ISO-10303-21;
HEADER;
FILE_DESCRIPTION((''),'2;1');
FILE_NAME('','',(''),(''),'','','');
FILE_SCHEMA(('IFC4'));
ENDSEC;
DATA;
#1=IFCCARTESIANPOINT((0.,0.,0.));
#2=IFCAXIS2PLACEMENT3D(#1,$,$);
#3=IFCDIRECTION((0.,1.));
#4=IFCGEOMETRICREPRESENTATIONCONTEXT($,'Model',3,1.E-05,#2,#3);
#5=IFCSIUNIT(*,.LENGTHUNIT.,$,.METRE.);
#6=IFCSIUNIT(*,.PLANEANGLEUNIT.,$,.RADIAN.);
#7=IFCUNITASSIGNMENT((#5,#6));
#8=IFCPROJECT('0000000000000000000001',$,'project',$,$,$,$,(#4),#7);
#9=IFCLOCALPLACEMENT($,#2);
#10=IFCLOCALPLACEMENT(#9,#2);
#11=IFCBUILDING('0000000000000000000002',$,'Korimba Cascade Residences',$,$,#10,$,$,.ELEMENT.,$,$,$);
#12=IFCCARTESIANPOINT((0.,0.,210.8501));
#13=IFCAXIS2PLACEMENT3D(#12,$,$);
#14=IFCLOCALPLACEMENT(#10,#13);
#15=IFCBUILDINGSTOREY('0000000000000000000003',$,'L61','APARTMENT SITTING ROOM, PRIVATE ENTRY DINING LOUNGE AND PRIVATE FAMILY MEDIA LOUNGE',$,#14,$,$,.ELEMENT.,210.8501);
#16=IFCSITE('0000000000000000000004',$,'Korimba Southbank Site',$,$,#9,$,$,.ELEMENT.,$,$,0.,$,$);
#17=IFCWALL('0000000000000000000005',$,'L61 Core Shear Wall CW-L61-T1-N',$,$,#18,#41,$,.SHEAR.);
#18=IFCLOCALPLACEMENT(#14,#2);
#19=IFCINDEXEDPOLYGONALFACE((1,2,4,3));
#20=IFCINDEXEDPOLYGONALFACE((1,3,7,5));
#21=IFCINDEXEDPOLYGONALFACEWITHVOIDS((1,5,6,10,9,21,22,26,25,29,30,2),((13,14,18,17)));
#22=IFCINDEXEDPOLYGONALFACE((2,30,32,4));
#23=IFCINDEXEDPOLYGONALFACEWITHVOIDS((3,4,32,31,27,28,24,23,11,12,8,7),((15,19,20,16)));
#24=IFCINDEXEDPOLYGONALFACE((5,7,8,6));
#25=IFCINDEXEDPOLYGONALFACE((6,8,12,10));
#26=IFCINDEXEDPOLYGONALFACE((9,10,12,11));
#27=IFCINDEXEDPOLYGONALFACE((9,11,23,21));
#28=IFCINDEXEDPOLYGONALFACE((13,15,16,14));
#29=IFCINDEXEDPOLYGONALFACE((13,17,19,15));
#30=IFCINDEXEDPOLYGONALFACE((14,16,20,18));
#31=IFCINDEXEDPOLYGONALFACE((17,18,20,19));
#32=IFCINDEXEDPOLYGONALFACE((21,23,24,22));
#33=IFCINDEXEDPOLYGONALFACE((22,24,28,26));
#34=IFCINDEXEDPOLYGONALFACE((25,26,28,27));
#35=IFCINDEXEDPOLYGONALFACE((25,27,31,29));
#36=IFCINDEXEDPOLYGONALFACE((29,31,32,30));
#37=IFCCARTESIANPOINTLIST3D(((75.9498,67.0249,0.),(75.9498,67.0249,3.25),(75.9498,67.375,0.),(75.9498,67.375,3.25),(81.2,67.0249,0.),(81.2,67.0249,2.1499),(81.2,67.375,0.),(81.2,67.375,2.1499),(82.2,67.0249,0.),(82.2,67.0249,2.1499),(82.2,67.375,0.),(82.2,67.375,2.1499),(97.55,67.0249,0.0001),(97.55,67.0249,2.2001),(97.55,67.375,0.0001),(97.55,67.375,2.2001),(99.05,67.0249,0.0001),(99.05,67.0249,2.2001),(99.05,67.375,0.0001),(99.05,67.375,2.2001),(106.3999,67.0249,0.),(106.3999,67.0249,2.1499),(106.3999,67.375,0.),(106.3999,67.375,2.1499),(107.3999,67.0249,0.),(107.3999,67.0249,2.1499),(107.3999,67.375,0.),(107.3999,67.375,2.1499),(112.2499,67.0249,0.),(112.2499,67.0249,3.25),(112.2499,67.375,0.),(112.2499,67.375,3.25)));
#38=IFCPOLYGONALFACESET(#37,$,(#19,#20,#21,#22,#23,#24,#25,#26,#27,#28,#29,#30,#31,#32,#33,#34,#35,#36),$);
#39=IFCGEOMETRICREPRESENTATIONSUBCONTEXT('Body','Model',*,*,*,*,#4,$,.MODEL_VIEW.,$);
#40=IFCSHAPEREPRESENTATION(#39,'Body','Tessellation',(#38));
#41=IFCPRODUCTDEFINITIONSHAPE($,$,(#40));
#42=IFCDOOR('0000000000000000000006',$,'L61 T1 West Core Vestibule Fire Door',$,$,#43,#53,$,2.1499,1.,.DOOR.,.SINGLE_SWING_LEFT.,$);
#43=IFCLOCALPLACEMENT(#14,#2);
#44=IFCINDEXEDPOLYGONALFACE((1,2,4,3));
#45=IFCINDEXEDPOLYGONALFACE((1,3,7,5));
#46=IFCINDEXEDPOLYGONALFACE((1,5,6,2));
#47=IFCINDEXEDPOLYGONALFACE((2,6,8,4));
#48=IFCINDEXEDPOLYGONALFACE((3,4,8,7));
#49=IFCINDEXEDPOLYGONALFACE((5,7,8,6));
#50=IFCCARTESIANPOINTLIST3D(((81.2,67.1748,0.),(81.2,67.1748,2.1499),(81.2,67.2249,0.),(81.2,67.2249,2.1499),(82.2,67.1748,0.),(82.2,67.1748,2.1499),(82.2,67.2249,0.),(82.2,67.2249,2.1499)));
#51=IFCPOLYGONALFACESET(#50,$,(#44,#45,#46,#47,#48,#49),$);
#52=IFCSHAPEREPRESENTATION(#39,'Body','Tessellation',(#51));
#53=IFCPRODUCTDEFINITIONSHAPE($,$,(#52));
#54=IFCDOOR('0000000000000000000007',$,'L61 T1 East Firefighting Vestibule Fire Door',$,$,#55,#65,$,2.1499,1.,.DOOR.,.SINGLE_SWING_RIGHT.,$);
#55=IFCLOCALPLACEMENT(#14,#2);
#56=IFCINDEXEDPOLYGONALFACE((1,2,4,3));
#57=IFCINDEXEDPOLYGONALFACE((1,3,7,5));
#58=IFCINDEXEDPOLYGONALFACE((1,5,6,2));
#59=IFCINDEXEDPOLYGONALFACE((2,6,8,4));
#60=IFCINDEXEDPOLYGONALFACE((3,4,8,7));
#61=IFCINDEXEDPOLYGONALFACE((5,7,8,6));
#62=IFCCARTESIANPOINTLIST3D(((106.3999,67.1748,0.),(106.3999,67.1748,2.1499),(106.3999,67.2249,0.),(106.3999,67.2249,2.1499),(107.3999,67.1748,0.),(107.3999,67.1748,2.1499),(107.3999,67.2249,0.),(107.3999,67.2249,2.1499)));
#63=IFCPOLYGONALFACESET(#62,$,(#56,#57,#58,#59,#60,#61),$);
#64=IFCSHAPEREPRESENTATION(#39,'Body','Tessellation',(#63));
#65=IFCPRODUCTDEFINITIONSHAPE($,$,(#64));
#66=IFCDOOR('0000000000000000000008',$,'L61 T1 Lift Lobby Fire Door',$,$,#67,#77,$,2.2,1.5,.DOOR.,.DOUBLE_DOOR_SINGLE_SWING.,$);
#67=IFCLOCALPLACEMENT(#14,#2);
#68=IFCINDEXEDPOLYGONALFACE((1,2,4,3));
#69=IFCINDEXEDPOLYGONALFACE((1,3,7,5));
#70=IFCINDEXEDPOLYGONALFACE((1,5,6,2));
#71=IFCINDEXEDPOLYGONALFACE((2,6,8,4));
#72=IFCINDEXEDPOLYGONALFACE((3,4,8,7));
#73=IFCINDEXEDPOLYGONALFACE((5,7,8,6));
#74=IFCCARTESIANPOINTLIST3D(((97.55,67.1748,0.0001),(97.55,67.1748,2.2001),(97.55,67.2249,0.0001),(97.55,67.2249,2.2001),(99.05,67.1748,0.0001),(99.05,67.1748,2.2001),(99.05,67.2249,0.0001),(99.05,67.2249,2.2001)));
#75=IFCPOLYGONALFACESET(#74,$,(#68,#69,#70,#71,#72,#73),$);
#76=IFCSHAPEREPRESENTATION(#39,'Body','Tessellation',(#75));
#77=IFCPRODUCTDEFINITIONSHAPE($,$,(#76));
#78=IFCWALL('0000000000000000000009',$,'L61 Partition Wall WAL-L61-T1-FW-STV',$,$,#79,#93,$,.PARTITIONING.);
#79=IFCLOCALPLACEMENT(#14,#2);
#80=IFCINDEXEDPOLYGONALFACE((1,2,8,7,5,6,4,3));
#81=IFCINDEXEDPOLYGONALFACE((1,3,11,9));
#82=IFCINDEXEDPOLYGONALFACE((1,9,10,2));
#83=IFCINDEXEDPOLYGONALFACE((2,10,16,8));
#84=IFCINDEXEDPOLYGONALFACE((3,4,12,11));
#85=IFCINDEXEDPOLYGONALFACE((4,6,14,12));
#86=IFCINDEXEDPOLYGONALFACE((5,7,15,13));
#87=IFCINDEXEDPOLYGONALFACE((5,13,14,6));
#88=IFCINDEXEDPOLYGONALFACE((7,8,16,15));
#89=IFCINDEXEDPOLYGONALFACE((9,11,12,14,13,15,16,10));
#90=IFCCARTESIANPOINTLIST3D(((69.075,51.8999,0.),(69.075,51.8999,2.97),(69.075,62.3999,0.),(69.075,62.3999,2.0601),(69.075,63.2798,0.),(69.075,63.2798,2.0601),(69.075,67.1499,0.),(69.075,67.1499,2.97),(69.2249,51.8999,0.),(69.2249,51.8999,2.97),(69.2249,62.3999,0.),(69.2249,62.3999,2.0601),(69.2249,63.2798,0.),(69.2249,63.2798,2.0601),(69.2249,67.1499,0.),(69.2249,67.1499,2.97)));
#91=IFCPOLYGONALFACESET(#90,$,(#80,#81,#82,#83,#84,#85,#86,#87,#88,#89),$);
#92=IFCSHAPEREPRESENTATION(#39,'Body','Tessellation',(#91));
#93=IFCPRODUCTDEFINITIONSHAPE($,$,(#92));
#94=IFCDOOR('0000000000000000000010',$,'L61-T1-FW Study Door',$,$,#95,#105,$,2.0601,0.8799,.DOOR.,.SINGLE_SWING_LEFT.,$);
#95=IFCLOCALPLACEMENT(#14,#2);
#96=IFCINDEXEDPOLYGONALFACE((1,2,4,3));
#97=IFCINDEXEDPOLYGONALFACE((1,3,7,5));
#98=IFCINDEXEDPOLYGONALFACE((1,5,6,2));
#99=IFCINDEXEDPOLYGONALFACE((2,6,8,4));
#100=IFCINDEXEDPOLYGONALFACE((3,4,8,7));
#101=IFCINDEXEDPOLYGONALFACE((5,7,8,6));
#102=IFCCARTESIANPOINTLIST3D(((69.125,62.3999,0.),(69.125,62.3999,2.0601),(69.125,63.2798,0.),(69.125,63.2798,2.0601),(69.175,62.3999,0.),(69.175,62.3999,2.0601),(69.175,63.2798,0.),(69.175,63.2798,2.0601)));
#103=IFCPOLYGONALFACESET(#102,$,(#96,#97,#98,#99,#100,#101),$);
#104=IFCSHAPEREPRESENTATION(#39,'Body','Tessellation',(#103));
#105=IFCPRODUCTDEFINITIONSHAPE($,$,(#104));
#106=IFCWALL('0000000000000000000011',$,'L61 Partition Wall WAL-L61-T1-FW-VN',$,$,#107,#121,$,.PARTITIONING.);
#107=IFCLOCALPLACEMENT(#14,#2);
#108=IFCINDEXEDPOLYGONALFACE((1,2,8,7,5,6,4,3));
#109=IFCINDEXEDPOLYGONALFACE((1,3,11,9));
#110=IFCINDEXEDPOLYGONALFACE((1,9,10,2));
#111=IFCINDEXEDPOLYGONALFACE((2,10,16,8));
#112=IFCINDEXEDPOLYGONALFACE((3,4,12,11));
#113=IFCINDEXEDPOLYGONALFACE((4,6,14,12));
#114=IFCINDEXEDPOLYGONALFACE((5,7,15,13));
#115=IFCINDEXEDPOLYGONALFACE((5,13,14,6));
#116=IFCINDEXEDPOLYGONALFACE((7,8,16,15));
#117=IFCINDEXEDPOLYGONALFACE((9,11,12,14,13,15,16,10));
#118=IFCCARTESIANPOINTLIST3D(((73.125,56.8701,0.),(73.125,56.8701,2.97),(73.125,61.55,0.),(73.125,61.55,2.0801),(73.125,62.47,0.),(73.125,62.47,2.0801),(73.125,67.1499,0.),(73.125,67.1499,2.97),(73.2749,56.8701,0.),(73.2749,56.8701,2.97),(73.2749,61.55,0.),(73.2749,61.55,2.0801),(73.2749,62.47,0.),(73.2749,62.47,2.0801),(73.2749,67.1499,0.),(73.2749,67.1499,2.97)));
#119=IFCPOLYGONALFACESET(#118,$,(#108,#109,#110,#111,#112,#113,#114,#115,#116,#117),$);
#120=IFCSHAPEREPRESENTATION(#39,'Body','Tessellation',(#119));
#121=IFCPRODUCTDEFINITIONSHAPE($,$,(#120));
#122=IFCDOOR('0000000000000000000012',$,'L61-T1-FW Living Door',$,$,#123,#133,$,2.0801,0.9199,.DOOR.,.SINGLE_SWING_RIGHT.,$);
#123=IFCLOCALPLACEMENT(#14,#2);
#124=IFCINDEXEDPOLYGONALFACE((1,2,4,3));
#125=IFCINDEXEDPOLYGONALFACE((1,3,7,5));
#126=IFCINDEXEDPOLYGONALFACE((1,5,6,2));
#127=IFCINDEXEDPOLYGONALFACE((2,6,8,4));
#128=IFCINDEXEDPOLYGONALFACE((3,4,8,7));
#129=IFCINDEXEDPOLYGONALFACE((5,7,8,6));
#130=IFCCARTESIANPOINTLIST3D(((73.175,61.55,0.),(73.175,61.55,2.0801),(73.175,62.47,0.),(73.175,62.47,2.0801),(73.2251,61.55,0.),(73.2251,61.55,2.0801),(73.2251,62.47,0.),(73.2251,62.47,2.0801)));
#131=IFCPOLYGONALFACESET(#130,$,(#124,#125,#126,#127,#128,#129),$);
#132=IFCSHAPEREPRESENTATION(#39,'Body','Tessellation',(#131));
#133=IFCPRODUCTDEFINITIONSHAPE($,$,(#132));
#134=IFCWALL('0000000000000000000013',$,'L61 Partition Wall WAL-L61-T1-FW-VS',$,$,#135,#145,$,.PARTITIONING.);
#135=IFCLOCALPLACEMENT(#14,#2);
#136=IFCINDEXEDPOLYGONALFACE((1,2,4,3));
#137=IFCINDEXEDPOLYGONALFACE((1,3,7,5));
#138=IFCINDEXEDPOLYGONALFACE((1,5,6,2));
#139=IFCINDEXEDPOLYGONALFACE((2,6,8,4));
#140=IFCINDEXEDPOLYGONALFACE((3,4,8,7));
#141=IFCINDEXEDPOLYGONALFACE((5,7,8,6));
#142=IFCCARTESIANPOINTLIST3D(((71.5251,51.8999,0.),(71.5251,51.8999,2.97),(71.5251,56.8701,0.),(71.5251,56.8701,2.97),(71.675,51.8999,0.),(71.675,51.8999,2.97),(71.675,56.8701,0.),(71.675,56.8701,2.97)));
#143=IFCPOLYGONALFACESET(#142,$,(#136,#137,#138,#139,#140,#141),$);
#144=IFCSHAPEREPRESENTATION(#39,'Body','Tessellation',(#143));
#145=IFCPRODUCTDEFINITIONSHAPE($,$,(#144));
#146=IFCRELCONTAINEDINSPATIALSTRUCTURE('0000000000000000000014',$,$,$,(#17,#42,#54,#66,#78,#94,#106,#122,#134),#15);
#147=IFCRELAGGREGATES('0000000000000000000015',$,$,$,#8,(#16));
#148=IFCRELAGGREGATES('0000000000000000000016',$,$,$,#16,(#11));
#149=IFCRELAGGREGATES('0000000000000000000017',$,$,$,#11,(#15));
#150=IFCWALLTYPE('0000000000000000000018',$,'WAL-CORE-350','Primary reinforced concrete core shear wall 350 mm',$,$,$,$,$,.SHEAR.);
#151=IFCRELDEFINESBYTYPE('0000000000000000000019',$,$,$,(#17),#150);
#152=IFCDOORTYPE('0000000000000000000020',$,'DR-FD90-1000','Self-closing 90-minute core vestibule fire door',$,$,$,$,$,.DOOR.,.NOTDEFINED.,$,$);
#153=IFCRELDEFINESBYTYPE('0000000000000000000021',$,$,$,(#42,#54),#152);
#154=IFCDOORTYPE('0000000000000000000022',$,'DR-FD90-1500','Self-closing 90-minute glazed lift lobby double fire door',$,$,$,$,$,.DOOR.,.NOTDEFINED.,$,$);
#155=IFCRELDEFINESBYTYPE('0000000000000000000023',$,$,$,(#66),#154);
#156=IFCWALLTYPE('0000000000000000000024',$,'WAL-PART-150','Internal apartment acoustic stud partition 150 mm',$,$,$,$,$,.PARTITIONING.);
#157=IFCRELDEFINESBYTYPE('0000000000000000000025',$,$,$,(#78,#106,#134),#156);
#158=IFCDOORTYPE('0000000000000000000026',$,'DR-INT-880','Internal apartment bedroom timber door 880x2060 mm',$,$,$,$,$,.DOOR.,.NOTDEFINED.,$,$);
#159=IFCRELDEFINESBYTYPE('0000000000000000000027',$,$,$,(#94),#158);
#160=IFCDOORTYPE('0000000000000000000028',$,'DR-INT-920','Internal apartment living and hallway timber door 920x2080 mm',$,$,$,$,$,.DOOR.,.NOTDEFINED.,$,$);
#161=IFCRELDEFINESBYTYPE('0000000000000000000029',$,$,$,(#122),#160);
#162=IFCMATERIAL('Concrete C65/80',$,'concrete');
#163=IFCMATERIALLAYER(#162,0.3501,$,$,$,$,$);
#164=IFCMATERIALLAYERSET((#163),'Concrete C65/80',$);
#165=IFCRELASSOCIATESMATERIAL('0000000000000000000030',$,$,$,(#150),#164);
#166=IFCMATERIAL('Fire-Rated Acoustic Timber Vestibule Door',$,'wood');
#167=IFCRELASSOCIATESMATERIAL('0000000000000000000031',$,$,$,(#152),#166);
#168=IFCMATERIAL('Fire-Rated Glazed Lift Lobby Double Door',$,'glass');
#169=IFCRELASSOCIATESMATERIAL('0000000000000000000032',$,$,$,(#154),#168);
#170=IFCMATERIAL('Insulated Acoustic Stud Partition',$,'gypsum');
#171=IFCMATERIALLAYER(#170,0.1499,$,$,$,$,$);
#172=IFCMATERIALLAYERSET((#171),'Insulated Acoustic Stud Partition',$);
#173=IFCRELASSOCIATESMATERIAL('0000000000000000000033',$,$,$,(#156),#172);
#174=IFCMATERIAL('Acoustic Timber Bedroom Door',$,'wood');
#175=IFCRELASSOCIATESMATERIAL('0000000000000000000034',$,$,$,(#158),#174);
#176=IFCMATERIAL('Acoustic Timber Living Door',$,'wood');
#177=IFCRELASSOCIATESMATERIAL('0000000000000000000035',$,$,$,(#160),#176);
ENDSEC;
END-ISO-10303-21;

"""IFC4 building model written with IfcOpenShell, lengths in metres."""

from ifc_helpers import new_model, si_unit, direction, frame, frame_2d, origin, place, context, subcontext, project, spatial, rectangle, extrude, material, layer, layer_set, type_object, element, fill, save


model = new_model("IFC4")

# Units and contexts
model_context = context("Model", 3, precision=1e-05, world=origin(), true_north=direction((0.0, 1.0)))
body_context = subcontext(model_context, "Body", "Model", "MODEL_VIEW")
ifc_project = project(units=[si_unit("LENGTHUNIT", "METRE"), si_unit("PLANEANGLEUNIT", "RADIAN")], contexts=[model_context])

# Site, building, storey
site_placement = place(None, origin())
site = spatial("IfcSite", under=ifc_project, at=site_placement, Name="Korimba Southbank Site", CompositionType="ELEMENT", RefElevation=0.0)
building_placement = place(site_placement, origin())
building = spatial("IfcBuilding", under=site, at=building_placement, Name="Korimba Cascade Residences", CompositionType="ELEMENT")
storey_placement = place(building_placement, frame((0.0, 0.0, 210.8501)))
storey = spatial("IfcBuildingStorey", under=building, at=storey_placement, Name="L61", Description="APARTMENT SITTING ROOM, PRIVATE ENTRY DINING LOUNGE AND PRIVATE FAMILY MEDIA LOUNGE", CompositionType="ELEMENT", Elevation=210.8501)

# Shared definitions
ifc_material_1 = material(Name="Concrete C65/80", Category="concrete")

# Shared definitions
ifc_layer_1 = layer(ifc_material_1, 0.3501)
ifc_layer_set_1 = layer_set([ifc_layer_1], Name="Concrete C65/80")
wall_type_1 = type_object("IfcWallType", Name="WAL-CORE-350", Description="Primary reinforced concrete core shear wall 350 mm", PredefinedType="SHEAR", material=ifc_layer_set_1)

# Wall, openings, doors
wall_1_placement = place(storey_placement, frame((75.95, 67.2, 0.0), z_axis=(0.0, 0.0, 1.0), x_axis=(1.0, 0.0, 0.0)))
wall_1 = element("IfcWall", 1, at=wall_1_placement, inside=storey, type_object=wall_type_1, Name="L61 Core Shear Wall CW-L61-T1-N", PredefinedType="SHEAR", context=body_context, shape_type="SweptSolid", body=[
    extrude(rectangle(XDim=36.3, YDim=0.3501, at=frame_2d((18.1499, 0.0))), origin(), (0.0, 0.0, 1.0), 3.25),
])
opening_1_placement = place(wall_1_placement, frame((5.25, 0.0, 0.0)))
opening_1 = element("IfcOpeningElement", 2, at=opening_1_placement, cuts=wall_1, PredefinedType="OPENING", context=body_context, shape_type="SweptSolid", body=[
    extrude(rectangle(XDim=1.0, YDim=2.1499, at=frame_2d((0.5, 1.075))), frame((0.0, 0.1851, 0.0), z_axis=(0.0, -1.0, 0.0), x_axis=(1.0, 0.0, 0.0)), (0.0, 0.0, 1.0), 0.3701),
])
opening_2_placement = place(wall_1_placement, frame((21.6001, 0.0, 0.0)))
opening_2 = element("IfcOpeningElement", 3, at=opening_2_placement, cuts=wall_1, PredefinedType="OPENING", context=body_context, shape_type="SweptSolid", body=[
    extrude(rectangle(XDim=1.5, YDim=2.2, at=frame_2d((0.75, 1.1001))), frame((0.0, 0.1851, 0.0), z_axis=(0.0, -1.0, 0.0), x_axis=(1.0, 0.0, 0.0)), (0.0, 0.0, 1.0), 0.3701),
])
opening_3_placement = place(wall_1_placement, frame((30.45, 0.0, 0.0)))
opening_3 = element("IfcOpeningElement", 4, at=opening_3_placement, cuts=wall_1, PredefinedType="OPENING", context=body_context, shape_type="SweptSolid", body=[
    extrude(rectangle(XDim=1.0, YDim=2.1499, at=frame_2d((0.5, 1.075))), frame((0.0, 0.1851, 0.0), z_axis=(0.0, -1.0, 0.0), x_axis=(1.0, 0.0, 0.0)), (0.0, 0.0, 1.0), 0.3701),
])
ifc_material_2 = material(Name="Fire-Rated Acoustic Timber Vestibule Door", Category="wood")
door_type_1 = type_object("IfcDoorType", Name="DR-FD90-1000", Description="Self-closing 90-minute core vestibule fire door", OperationType="NOTDEFINED", PredefinedType="DOOR", material=ifc_material_2)
door_1_placement = place(opening_1_placement, origin())
door_1 = element("IfcDoor", 5, at=door_1_placement, inside=storey, type_object=door_type_1, Name="L61 T1 West Core Vestibule Fire Door", OperationType="SINGLE_SWING_LEFT", OverallHeight=2.1499, OverallWidth=1.0, PredefinedType="DOOR", context=body_context, shape_type="SweptSolid", body=[
    extrude(rectangle(XDim=1.0, YDim=2.1499, at=frame_2d((0.5, 1.075))), frame((0.0, 0.0249, 0.0), z_axis=(0.0, -1.0, 0.0), x_axis=(1.0, 0.0, 0.0)), (0.0, 0.0, 1.0), 0.05),
])
fill(opening_1, door_1)
door_2_placement = place(opening_3_placement, origin())
door_2 = element("IfcDoor", 6, at=door_2_placement, inside=storey, type_object=door_type_1, Name="L61 T1 East Firefighting Vestibule Fire Door", OperationType="SINGLE_SWING_RIGHT", OverallHeight=2.1499, OverallWidth=1.0, PredefinedType="DOOR", context=body_context, shape_type="SweptSolid", body=[
    extrude(rectangle(XDim=1.0, YDim=2.1499, at=frame_2d((0.5, 1.075))), frame((0.0, 0.0249, 0.0), z_axis=(0.0, -1.0, 0.0), x_axis=(1.0, 0.0, 0.0)), (0.0, 0.0, 1.0), 0.05),
])
fill(opening_3, door_2)
ifc_material_3 = material(Name="Fire-Rated Glazed Lift Lobby Double Door", Category="glass")
door_type_2 = type_object("IfcDoorType", Name="DR-FD90-1500", Description="Self-closing 90-minute glazed lift lobby double fire door", OperationType="NOTDEFINED", PredefinedType="DOOR", material=ifc_material_3)
door_3_placement = place(opening_2_placement, origin())
door_3 = element("IfcDoor", 7, at=door_3_placement, inside=storey, type_object=door_type_2, Name="L61 T1 Lift Lobby Fire Door", OperationType="DOUBLE_DOOR_SINGLE_SWING", OverallHeight=2.2, OverallWidth=1.5, PredefinedType="DOOR", context=body_context, shape_type="SweptSolid", body=[
    extrude(rectangle(XDim=1.5, YDim=2.2, at=frame_2d((0.75, 1.1001))), frame((0.0, 0.0249, 0.0), z_axis=(0.0, -1.0, 0.0), x_axis=(1.0, 0.0, 0.0)), (0.0, 0.0, 1.0), 0.05),
])
fill(opening_2, door_3)

# Walls, openings, doors
ifc_material_4 = material(Name="Insulated Acoustic Stud Partition", Category="gypsum")
ifc_layer_2 = layer(ifc_material_4, 0.1499)
ifc_layer_set_2 = layer_set([ifc_layer_2], Name="Insulated Acoustic Stud Partition")
wall_type_2 = type_object("IfcWallType", Name="WAL-PART-150", Description="Internal apartment acoustic stud partition 150 mm", PredefinedType="PARTITIONING", material=ifc_layer_set_2)
wall_2_placement = place(storey_placement, frame((69.1499, 51.8999, 0.0), z_axis=(0.0, 0.0, 1.0), x_axis=(0.0, 1.0, 0.0)))
wall_2 = element("IfcWall", 8, at=wall_2_placement, inside=storey, type_object=wall_type_2, Name="L61 Partition Wall WAL-L61-T1-FW-STV", PredefinedType="PARTITIONING", context=body_context, shape_type="SweptSolid", body=[
    extrude(rectangle(XDim=15.25, YDim=0.1499, at=frame_2d((7.625, 0.0))), origin(), (0.0, 0.0, 1.0), 2.97),
])
opening_4_placement = place(wall_2_placement, frame((10.5, 0.0, 0.0)))
opening_4 = element("IfcOpeningElement", 9, at=opening_4_placement, cuts=wall_2, PredefinedType="OPENING", context=body_context, shape_type="SweptSolid", body=[
    extrude(rectangle(XDim=0.8799, YDim=2.0601, at=frame_2d((0.4399, 1.03))), frame((0.0, 0.085, 0.0), z_axis=(0.0, -1.0, 0.0), x_axis=(1.0, 0.0, 0.0)), (0.0, 0.0, 1.0), 0.1699),
])
ifc_material_5 = material(Name="Acoustic Timber Bedroom Door", Category="wood")
door_type_3 = type_object("IfcDoorType", Name="DR-INT-880", Description="Internal apartment bedroom timber door 880x2060 mm", OperationType="NOTDEFINED", PredefinedType="DOOR", material=ifc_material_5)
door_4_placement = place(opening_4_placement, origin())
door_4 = element("IfcDoor", 10, at=door_4_placement, inside=storey, type_object=door_type_3, Name="L61-T1-FW Study Door", OperationType="SINGLE_SWING_LEFT", OverallHeight=2.0601, OverallWidth=0.8799, PredefinedType="DOOR", context=body_context, shape_type="SweptSolid", body=[
    extrude(rectangle(XDim=0.8799, YDim=2.0601, at=frame_2d((0.4399, 1.03))), frame((0.0, 0.0249, 0.0), z_axis=(0.0, -1.0, 0.0), x_axis=(1.0, 0.0, 0.0)), (0.0, 0.0, 1.0), 0.05),
])
fill(opening_4, door_4)
wall_3_placement = place(storey_placement, frame((73.2, 56.8701, 0.0), z_axis=(0.0, 0.0, 1.0), x_axis=(0.0, 1.0, 0.0)))
wall_3 = element("IfcWall", 11, at=wall_3_placement, inside=storey, type_object=wall_type_2, Name="L61 Partition Wall WAL-L61-T1-FW-VN", PredefinedType="PARTITIONING", context=body_context, shape_type="SweptSolid", body=[
    extrude(rectangle(XDim=10.2798, YDim=0.1499, at=frame_2d((5.1399, 0.0))), origin(), (0.0, 0.0, 1.0), 2.97),
])
opening_5_placement = place(wall_3_placement, frame((4.6799, 0.0, 0.0)))
opening_5 = element("IfcOpeningElement", 12, at=opening_5_placement, cuts=wall_3, PredefinedType="OPENING", context=body_context, shape_type="SweptSolid", body=[
    extrude(rectangle(XDim=0.9199, YDim=2.0801, at=frame_2d((0.46, 1.04))), frame((0.0, 0.085, 0.0), z_axis=(0.0, -1.0, 0.0), x_axis=(1.0, 0.0, 0.0)), (0.0, 0.0, 1.0), 0.1699),
])
ifc_material_6 = material(Name="Acoustic Timber Living Door", Category="wood")
door_type_4 = type_object("IfcDoorType", Name="DR-INT-920", Description="Internal apartment living and hallway timber door 920x2080 mm", OperationType="NOTDEFINED", PredefinedType="DOOR", material=ifc_material_6)
door_5_placement = place(opening_5_placement, origin())
door_5 = element("IfcDoor", 13, at=door_5_placement, inside=storey, type_object=door_type_4, Name="L61-T1-FW Living Door", OperationType="SINGLE_SWING_RIGHT", OverallHeight=2.0801, OverallWidth=0.9199, PredefinedType="DOOR", context=body_context, shape_type="SweptSolid", body=[
    extrude(rectangle(XDim=0.9199, YDim=2.0801, at=frame_2d((0.46, 1.04))), frame((0.0, 0.0249, 0.0), z_axis=(0.0, -1.0, 0.0), x_axis=(1.0, 0.0, 0.0)), (0.0, 0.0, 1.0), 0.05),
])
fill(opening_5, door_5)

# Wall
wall_4_placement = place(storey_placement, frame((71.6001, 51.8999, 0.0), z_axis=(0.0, 0.0, 1.0), x_axis=(0.0, 1.0, 0.0)))
element("IfcWall", 14, at=wall_4_placement, inside=storey, type_object=wall_type_2, Name="L61 Partition Wall WAL-L61-T1-FW-VS", PredefinedType="PARTITIONING", context=body_context, shape_type="SweptSolid", body=[
    extrude(rectangle(XDim=4.9702, YDim=0.1499, at=frame_2d((2.4851, 0.0))), origin(), (0.0, 0.0, 1.0), 2.97),
])

save(model, "model.ifc")
